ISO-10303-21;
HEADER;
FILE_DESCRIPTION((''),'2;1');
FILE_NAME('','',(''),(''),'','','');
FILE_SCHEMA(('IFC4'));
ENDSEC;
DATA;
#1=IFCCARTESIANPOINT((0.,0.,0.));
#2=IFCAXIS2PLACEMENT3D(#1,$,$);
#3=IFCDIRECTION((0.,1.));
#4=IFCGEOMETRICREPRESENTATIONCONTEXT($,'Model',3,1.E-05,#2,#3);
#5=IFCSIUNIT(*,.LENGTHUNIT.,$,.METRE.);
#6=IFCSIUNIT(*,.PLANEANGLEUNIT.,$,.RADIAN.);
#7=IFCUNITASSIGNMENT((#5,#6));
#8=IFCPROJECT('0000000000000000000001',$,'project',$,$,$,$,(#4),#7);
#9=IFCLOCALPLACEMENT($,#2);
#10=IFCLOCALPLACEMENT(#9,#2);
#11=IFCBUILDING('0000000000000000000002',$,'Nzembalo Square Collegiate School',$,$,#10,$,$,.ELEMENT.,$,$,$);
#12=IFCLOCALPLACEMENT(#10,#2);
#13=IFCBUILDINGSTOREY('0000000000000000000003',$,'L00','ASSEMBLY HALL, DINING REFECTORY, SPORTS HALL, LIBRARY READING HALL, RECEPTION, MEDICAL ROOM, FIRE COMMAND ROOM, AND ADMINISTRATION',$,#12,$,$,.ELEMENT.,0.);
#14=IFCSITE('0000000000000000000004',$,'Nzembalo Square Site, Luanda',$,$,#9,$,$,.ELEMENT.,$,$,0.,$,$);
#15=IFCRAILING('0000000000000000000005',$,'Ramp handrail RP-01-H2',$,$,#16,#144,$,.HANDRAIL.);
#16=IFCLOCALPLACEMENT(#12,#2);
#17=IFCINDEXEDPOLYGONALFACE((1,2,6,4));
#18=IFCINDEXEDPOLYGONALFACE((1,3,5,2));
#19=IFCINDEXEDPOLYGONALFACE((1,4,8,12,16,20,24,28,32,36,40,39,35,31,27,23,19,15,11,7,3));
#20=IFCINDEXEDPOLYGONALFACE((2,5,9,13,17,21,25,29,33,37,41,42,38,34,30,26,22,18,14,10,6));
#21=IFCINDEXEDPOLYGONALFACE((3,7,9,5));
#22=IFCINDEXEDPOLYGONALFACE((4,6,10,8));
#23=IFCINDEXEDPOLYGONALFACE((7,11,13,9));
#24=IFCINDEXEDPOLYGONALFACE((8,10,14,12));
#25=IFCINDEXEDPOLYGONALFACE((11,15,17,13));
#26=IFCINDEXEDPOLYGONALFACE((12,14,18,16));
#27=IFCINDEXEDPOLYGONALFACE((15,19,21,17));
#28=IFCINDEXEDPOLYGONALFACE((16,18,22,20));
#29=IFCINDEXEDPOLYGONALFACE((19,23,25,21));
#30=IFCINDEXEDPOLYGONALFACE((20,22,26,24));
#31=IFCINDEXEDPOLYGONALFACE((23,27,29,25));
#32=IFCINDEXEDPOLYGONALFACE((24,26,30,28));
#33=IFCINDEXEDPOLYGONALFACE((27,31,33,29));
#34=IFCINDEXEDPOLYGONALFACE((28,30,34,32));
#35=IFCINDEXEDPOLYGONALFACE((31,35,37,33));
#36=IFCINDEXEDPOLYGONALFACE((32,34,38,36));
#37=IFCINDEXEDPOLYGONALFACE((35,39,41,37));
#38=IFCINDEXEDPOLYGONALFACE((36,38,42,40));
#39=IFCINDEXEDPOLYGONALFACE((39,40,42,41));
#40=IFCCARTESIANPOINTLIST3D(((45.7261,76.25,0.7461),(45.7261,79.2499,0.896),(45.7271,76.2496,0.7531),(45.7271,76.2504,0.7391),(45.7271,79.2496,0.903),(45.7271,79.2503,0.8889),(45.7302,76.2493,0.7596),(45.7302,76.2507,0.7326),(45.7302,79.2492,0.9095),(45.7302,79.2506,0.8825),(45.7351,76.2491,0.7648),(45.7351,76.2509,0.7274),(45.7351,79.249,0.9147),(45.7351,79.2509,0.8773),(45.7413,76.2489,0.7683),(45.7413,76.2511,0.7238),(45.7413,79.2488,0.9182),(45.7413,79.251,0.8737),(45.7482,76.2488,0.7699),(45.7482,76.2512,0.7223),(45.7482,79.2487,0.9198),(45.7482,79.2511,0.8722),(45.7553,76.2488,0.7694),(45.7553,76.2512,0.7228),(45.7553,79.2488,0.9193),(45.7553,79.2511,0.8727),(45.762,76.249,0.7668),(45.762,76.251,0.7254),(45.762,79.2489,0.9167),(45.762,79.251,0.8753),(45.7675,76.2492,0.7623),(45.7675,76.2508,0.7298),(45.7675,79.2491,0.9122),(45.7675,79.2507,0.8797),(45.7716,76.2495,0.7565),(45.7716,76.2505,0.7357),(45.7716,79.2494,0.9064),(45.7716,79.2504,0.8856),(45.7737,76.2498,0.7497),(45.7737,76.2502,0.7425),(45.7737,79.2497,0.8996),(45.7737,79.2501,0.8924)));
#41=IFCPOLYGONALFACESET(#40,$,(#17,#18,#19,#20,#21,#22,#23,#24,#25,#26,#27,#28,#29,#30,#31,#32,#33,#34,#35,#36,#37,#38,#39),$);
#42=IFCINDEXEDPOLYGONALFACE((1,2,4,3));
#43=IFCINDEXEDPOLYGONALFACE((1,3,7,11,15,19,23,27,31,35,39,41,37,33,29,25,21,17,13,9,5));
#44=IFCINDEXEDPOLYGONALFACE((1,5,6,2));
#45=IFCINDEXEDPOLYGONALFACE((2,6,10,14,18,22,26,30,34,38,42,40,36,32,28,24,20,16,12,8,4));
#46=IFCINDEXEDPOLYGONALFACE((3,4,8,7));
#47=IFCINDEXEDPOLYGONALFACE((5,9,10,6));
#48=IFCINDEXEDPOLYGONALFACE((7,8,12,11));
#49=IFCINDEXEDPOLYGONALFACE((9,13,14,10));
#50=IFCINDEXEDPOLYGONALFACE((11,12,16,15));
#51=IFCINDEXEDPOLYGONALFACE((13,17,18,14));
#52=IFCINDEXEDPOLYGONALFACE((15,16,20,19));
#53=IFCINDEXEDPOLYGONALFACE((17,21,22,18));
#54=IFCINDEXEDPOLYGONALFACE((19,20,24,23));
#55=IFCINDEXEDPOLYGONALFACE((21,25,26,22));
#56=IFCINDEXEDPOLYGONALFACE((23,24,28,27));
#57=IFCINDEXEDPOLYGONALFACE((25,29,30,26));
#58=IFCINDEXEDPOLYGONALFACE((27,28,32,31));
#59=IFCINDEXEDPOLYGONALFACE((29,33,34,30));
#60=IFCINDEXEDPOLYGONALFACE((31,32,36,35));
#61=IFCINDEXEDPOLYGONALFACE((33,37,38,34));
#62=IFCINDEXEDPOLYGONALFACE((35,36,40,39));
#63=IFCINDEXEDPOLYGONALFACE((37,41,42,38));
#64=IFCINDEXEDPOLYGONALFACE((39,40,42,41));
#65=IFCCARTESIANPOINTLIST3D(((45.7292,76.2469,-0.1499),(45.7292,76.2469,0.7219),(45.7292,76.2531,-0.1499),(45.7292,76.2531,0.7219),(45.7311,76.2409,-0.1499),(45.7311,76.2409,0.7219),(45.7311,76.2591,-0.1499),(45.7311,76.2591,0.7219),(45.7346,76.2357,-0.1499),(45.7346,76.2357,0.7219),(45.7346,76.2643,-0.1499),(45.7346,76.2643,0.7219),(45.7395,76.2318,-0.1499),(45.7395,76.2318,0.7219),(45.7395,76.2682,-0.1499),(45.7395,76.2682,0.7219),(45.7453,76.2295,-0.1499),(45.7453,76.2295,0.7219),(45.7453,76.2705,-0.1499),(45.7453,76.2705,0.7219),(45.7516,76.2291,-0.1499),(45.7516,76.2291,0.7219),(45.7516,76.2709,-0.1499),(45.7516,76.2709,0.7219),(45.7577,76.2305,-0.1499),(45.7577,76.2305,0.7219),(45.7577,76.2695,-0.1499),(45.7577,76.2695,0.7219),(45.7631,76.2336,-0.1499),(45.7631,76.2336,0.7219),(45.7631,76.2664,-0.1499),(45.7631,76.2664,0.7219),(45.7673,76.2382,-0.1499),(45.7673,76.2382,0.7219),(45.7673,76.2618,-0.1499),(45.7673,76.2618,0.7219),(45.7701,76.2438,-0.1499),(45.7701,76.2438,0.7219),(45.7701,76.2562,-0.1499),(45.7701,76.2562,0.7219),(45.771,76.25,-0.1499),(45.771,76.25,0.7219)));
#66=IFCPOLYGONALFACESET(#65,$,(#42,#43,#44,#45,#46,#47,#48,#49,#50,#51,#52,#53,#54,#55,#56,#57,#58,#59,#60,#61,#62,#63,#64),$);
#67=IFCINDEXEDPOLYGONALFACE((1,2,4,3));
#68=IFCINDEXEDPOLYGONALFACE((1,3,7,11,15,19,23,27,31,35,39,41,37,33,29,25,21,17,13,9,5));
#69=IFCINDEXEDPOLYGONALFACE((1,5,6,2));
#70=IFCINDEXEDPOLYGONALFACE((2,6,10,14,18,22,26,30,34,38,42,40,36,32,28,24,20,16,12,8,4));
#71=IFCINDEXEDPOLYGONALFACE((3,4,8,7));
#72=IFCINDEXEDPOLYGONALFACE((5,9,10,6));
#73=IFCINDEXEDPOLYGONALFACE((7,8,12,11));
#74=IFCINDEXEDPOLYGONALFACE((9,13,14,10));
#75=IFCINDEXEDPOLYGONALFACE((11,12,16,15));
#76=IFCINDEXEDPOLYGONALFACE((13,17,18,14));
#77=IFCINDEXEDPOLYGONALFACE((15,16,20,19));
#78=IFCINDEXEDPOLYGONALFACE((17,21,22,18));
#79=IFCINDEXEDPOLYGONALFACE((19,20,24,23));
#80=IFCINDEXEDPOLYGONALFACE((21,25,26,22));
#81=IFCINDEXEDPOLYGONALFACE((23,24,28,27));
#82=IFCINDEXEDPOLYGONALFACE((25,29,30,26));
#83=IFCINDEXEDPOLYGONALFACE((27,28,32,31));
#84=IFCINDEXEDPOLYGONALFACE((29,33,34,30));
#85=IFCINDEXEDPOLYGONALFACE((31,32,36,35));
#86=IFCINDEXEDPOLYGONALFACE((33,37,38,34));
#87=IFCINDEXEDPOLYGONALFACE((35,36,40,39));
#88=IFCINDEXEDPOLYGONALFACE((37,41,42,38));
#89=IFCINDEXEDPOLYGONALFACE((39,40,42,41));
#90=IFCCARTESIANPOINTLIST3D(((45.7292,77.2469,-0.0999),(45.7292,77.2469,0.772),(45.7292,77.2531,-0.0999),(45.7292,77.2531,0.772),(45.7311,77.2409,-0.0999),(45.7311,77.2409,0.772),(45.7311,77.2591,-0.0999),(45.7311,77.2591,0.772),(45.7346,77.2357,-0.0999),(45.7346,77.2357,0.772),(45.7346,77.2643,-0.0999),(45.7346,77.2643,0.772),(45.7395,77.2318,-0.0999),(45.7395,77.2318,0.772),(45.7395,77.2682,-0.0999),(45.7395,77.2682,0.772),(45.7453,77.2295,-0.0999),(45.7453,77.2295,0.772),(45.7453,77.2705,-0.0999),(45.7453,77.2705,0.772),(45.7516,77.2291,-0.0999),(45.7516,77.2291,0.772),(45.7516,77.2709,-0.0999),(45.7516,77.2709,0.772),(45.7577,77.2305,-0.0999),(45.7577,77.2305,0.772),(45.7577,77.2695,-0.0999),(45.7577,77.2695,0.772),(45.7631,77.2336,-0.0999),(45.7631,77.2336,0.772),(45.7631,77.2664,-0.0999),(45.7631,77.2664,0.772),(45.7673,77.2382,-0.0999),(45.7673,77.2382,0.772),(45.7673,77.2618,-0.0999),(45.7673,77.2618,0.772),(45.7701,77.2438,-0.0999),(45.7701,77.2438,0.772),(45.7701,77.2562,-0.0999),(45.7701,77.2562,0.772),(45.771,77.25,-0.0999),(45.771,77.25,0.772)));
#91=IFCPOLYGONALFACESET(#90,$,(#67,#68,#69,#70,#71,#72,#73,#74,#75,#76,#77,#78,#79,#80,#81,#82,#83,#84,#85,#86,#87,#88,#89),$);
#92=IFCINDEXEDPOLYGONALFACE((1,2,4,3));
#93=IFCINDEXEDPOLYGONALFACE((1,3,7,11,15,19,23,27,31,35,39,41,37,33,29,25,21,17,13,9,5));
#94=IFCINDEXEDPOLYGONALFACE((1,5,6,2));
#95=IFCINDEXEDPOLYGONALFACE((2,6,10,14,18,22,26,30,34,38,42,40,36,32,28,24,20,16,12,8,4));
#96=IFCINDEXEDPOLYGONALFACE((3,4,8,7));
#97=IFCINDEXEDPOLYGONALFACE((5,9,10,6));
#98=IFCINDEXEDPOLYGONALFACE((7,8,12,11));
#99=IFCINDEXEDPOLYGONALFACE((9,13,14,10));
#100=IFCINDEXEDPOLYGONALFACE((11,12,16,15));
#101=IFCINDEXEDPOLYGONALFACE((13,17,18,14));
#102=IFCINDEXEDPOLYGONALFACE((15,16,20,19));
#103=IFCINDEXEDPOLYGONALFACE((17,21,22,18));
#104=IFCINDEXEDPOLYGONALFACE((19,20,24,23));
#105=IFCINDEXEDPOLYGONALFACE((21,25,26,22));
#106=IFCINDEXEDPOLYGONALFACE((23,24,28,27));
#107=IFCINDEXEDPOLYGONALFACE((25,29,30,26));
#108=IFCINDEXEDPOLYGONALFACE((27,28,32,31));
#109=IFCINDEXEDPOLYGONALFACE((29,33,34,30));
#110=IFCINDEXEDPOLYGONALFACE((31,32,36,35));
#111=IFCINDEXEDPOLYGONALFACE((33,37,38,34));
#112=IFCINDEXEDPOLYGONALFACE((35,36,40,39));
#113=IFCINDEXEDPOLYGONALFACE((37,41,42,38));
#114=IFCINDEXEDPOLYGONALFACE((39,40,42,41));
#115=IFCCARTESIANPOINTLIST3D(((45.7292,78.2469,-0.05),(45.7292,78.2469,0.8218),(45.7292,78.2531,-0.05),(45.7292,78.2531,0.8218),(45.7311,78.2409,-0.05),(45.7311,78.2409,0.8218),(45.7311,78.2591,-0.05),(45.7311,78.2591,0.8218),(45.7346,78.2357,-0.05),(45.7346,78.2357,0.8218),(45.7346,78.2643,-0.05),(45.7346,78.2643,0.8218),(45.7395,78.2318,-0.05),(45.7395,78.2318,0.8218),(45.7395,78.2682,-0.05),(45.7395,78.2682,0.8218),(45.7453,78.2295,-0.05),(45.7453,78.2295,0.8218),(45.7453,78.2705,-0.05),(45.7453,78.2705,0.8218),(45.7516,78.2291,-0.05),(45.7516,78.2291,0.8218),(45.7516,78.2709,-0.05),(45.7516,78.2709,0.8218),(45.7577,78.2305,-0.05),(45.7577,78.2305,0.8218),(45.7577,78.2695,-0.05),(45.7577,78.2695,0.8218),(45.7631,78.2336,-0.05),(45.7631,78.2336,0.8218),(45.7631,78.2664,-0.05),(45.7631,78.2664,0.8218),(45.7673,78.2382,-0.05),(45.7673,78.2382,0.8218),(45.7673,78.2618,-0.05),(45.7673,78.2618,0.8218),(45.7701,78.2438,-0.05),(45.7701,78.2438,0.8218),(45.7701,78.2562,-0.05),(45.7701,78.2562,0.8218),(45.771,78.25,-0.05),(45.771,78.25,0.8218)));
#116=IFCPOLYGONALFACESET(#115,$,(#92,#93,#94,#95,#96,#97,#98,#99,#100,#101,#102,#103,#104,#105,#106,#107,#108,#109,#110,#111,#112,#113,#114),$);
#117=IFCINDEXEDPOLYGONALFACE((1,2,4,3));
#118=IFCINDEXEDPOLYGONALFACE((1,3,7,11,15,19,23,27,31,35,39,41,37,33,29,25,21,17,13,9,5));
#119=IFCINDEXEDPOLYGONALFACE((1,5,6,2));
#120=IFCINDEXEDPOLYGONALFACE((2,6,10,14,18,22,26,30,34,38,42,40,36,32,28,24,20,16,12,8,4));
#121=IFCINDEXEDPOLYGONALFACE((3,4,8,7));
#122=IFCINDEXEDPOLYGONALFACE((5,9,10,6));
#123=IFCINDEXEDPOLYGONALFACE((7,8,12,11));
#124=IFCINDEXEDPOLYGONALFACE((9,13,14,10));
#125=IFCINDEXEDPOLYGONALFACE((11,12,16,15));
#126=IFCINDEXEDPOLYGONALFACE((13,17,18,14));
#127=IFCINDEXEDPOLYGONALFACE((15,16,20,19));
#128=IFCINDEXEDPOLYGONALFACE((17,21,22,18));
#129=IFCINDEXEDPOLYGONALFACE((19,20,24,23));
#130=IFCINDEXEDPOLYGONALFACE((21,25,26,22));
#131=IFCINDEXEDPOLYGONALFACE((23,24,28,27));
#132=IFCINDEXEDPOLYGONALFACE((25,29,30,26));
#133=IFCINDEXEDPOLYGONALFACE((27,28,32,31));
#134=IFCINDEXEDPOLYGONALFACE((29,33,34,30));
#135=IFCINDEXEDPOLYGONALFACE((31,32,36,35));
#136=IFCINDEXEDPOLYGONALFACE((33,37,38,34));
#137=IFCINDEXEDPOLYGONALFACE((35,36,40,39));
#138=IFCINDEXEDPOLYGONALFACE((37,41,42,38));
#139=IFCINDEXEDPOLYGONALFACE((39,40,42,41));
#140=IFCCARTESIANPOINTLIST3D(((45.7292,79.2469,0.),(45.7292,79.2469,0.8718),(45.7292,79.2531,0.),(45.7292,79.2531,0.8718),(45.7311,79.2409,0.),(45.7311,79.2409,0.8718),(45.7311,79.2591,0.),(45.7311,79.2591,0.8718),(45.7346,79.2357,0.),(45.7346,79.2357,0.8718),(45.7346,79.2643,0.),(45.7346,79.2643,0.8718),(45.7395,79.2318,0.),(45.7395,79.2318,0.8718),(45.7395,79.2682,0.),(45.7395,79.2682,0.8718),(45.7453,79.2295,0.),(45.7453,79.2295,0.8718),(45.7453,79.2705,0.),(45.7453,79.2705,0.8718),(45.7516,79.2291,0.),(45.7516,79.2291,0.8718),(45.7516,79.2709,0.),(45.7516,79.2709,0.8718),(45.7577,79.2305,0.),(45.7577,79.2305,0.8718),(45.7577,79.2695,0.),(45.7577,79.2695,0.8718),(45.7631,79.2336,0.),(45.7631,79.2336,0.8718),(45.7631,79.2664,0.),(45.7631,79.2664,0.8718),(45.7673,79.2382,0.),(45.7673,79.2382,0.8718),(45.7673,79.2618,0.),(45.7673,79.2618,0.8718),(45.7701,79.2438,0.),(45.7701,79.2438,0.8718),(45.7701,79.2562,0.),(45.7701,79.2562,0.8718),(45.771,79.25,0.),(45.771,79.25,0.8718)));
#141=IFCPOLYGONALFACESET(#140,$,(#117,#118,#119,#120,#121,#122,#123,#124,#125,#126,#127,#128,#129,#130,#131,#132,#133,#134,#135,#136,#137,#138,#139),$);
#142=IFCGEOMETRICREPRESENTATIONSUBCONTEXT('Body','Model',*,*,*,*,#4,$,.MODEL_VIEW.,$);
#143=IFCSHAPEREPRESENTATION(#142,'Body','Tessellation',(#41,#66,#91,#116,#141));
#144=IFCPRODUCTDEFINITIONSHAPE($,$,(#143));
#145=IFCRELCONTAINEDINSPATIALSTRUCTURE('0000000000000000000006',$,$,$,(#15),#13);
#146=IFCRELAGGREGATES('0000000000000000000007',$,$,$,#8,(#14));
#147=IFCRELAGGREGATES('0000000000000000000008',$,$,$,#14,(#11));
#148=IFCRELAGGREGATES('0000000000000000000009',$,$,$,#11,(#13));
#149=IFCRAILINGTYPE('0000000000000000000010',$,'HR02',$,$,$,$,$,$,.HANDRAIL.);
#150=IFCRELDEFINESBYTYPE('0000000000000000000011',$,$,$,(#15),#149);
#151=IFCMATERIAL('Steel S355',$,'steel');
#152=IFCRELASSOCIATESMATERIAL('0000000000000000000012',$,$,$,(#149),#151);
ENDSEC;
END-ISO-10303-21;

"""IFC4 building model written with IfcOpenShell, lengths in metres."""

from ifc_helpers import new_model, si_unit, direction, frame, origin, origin_2d, place, context, subcontext, project, spatial, circle, extrude, material, type_object, element, save


model = new_model("IFC4")

# Units and contexts
model_context = context("Model", 3, precision=1e-05, world=origin(), true_north=direction((0.0, 1.0)))
body_context = subcontext(model_context, "Body", "Model", "MODEL_VIEW")
ifc_project = project(units=[si_unit("LENGTHUNIT", "METRE"), si_unit("PLANEANGLEUNIT", "RADIAN")], contexts=[model_context])

# Site, building, storey
site_placement = place(None, origin())
site = spatial("IfcSite", under=ifc_project, at=site_placement, Name="Nzembalo Square Site, Luanda", CompositionType="ELEMENT", RefElevation=0.0)
building_placement = place(site_placement, origin())
building = spatial("IfcBuilding", under=site, at=building_placement, Name="Nzembalo Square Collegiate School", CompositionType="ELEMENT")
storey_placement = place(building_placement, origin())
storey = spatial("IfcBuildingStorey", under=building, at=storey_placement, Name="L00", Description="ASSEMBLY HALL, DINING REFECTORY, SPORTS HALL, LIBRARY READING HALL, RECEPTION, MEDICAL ROOM, FIRE COMMAND ROOM, AND ADMINISTRATION", CompositionType="ELEMENT", Elevation=0.0)

# Railing
ifc_material_1 = material(Name="Steel S355", Category="steel")
railing_type = type_object("IfcRailingType", Name="HR02", PredefinedType="HANDRAIL", material=ifc_material_1)
for number, where, name in (
    (1, (45.75, 76.25, -0.1499), "Ramp handrail RP-01-H2"),
):
    element("IfcRailing", number, at=place(storey_placement, frame(where)), inside=storey, type_object=railing_type, Name=name, PredefinedType="HANDRAIL", context=body_context, shape_type="SweptSolid", body=[
        extrude(circle(Radius=0.0239, at=origin_2d()), frame((0.0, 0.0, 0.896), z_axis=(0.0, 0.998754, 0.049905), x_axis=(-1.0, 0.0, 0.0)), (0.0, 0.0, 1.0), 3.0037),
        extrude(circle(Radius=0.021, at=origin_2d()), origin(), (0.0, 0.0, 1.0), 0.8718),
        extrude(circle(Radius=0.021, at=origin_2d()), frame((0.0, 1.0, 0.05)), (0.0, 0.0, 1.0), 0.8718),
        extrude(circle(Radius=0.021, at=origin_2d()), frame((0.0, 2.0, 0.0999)), (0.0, 0.0, 1.0), 0.8718),
        extrude(circle(Radius=0.021, at=origin_2d()), frame((0.0, 3.0, 0.1499)), (0.0, 0.0, 1.0), 0.8718),
    ])

save(model, "model.ifc")
